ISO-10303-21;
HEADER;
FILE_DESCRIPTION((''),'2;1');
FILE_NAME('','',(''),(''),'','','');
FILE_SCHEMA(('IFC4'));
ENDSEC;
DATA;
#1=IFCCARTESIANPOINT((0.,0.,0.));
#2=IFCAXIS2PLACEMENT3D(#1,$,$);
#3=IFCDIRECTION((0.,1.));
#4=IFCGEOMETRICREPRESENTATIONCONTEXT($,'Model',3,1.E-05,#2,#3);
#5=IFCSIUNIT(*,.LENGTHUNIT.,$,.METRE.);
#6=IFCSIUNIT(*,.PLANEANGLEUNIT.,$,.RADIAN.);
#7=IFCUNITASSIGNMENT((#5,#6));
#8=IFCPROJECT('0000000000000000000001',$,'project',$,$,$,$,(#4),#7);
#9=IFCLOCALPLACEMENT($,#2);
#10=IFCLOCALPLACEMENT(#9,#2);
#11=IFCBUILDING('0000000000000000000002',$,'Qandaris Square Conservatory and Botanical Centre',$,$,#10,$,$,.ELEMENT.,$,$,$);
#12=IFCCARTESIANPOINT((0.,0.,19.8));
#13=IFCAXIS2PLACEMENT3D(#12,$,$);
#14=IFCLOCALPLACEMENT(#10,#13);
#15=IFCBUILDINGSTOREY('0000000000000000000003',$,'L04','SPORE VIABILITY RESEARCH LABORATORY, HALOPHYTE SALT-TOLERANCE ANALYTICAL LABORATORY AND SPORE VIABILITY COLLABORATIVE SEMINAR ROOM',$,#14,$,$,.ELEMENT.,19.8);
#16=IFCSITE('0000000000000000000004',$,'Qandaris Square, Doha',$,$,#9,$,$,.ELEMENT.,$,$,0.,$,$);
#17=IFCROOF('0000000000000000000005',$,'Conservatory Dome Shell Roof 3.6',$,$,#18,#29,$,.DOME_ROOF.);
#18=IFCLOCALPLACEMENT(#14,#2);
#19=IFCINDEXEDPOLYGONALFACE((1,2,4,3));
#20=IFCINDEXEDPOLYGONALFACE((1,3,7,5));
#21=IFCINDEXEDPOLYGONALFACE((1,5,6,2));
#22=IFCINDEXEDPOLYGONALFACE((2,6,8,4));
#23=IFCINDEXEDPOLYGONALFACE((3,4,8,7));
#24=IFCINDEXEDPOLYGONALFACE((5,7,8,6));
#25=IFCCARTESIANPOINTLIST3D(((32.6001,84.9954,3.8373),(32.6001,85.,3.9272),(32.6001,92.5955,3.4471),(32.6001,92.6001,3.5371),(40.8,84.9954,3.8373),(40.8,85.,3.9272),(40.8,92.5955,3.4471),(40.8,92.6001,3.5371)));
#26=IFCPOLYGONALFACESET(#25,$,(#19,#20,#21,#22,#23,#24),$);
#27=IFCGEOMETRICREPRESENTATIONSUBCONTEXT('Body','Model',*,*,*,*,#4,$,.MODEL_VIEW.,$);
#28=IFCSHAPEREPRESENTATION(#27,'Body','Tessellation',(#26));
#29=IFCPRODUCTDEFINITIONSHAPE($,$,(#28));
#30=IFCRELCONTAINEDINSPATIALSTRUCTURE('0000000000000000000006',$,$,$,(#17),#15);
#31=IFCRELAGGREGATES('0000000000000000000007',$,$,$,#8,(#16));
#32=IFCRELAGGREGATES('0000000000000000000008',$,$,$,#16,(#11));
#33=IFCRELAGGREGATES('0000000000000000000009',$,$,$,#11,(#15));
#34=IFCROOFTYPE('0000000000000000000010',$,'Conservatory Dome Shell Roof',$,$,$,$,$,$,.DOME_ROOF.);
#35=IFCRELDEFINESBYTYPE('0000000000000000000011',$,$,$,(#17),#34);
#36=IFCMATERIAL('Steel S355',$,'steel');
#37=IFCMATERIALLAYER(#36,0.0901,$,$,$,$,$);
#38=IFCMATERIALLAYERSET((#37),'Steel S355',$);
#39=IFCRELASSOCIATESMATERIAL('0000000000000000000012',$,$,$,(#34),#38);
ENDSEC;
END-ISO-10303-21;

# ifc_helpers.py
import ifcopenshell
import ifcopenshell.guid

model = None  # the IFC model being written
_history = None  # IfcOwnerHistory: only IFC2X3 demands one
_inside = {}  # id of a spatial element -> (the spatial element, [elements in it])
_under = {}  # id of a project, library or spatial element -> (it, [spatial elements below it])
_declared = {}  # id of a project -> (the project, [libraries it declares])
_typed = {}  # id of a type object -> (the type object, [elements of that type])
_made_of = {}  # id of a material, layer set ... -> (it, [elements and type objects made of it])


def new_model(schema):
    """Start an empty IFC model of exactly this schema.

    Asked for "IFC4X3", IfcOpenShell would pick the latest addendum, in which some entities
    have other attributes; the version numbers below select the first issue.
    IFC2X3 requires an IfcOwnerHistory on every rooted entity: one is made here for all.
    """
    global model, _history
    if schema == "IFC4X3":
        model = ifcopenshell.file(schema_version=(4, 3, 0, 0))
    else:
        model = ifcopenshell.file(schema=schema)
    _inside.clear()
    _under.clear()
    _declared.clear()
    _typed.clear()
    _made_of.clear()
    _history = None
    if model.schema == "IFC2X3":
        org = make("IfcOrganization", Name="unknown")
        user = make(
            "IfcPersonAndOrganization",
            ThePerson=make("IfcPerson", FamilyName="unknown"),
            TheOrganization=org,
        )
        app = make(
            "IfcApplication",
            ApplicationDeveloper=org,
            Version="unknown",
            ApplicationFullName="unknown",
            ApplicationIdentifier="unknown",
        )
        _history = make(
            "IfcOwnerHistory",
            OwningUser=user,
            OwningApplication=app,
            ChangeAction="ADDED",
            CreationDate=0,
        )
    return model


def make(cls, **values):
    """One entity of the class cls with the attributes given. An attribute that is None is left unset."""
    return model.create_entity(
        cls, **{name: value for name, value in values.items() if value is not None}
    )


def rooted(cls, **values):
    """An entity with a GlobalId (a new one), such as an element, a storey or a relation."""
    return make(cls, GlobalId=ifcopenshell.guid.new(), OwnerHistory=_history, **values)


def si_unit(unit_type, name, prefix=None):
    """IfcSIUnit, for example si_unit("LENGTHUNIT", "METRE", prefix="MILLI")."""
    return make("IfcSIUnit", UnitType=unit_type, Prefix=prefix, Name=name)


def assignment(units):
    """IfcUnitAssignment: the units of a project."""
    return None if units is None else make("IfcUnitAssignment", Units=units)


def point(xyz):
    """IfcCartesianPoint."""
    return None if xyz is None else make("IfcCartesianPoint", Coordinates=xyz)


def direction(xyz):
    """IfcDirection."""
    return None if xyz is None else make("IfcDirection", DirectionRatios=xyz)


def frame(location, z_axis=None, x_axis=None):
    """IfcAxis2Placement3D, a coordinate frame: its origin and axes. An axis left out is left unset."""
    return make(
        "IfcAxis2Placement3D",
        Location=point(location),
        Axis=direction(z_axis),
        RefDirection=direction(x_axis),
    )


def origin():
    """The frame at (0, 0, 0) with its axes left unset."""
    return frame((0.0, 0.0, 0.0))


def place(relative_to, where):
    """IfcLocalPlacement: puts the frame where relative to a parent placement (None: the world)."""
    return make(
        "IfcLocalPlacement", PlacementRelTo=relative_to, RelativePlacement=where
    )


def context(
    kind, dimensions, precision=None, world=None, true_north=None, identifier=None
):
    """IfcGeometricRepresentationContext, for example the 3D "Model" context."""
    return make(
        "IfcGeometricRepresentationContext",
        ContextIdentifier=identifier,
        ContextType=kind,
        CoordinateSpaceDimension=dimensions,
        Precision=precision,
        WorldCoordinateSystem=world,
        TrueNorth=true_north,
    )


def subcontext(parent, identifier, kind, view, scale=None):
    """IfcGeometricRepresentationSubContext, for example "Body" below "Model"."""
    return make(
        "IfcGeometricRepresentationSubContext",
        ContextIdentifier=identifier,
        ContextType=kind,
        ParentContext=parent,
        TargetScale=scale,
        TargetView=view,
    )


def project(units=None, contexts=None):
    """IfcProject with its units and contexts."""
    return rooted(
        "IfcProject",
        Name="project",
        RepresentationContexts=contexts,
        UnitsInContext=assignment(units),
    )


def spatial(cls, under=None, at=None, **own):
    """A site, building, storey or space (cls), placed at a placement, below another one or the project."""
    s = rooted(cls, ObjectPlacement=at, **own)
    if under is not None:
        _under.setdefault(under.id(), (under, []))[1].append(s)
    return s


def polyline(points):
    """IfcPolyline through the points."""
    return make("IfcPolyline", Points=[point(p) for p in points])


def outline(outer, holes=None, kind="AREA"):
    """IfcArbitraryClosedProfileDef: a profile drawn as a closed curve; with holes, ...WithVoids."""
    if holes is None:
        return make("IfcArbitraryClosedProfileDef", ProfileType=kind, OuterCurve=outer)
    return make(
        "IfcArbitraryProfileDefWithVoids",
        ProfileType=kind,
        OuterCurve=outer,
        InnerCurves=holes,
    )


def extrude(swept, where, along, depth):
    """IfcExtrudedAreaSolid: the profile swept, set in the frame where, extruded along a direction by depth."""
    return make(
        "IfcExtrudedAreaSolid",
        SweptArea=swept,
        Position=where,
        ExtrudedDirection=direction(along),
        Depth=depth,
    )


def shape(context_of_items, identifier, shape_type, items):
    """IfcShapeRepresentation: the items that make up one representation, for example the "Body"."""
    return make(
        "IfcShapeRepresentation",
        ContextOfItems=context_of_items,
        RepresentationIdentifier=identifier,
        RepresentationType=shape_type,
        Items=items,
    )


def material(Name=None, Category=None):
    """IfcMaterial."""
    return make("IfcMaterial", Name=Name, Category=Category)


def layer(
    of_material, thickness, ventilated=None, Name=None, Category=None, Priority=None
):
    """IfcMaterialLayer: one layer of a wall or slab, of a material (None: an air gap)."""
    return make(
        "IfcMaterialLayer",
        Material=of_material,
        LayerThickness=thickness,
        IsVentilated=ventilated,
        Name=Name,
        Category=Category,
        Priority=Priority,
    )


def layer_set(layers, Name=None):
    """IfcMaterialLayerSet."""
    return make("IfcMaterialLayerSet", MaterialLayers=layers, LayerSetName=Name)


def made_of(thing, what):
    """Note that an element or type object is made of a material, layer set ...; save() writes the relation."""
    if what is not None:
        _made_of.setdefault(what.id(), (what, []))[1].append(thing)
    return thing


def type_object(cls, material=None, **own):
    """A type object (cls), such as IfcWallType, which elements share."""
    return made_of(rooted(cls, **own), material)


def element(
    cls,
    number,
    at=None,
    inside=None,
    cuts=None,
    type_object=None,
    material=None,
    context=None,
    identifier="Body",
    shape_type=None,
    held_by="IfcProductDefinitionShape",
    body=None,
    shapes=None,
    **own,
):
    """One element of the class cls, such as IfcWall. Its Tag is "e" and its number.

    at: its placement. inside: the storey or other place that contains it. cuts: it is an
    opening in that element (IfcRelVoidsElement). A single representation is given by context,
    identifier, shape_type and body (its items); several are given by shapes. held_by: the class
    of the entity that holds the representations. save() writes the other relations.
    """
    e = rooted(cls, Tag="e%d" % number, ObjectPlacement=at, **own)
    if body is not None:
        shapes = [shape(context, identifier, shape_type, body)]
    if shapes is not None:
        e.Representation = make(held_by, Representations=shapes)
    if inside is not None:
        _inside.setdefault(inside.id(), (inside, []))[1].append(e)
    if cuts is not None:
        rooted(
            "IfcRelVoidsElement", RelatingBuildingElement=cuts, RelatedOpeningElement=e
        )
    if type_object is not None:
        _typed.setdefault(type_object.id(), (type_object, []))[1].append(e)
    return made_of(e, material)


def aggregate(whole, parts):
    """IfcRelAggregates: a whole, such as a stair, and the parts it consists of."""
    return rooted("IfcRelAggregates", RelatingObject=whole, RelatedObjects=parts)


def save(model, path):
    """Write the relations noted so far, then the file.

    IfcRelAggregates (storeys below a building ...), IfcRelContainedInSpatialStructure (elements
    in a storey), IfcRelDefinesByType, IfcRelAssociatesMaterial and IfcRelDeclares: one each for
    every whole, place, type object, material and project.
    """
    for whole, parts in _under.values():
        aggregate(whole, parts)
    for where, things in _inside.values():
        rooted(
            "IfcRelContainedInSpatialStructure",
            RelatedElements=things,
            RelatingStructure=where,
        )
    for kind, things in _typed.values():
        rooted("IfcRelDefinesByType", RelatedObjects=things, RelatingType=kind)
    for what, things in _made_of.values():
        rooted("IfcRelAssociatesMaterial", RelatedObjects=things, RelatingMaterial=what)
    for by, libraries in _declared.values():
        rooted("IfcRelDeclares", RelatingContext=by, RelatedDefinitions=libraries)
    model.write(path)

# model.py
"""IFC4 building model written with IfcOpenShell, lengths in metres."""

from ifc_helpers import new_model, si_unit, direction, frame, origin, place, context, subcontext, project, spatial, polyline, outline, extrude, material, layer, layer_set, type_object, element, save


model = new_model("IFC4")

# Units and contexts
model_context = context("Model", 3, precision=1e-05, world=origin(), true_north=direction((0.0, 1.0)))
body_context = subcontext(model_context, "Body", "Model", "MODEL_VIEW")
ifc_project = project(units=[si_unit("LENGTHUNIT", "METRE"), si_unit("PLANEANGLEUNIT", "RADIAN")], contexts=[model_context])

# Site, building, storey
site_placement = place(None, origin())
site = spatial("IfcSite", under=ifc_project, at=site_placement, Name="Qandaris Square, Doha", CompositionType="ELEMENT", RefElevation=0.0)
building_placement = place(site_placement, origin())
building = spatial("IfcBuilding", under=site, at=building_placement, Name="Qandaris Square Conservatory and Botanical Centre", CompositionType="ELEMENT")
storey_placement = place(building_placement, frame((0.0, 0.0, 19.8)))
storey = spatial("IfcBuildingStorey", under=building, at=storey_placement, Name="L04", Description="SPORE VIABILITY RESEARCH LABORATORY, HALOPHYTE SALT-TOLERANCE ANALYTICAL LABORATORY AND SPORE VIABILITY COLLABORATIVE SEMINAR ROOM", CompositionType="ELEMENT", Elevation=19.8)

# Shared definitions
ifc_material = material(Name="Steel S355", Category="steel")

# Roof
ifc_layer_1 = layer(ifc_material, 0.0901)
ifc_layer_set_1 = layer_set([ifc_layer_1], Name="Steel S355")
roof_type = type_object("IfcRoofType", Name="Conservatory Dome Shell Roof", PredefinedType="DOME_ROOF", material=ifc_layer_set_1)
roof_1_placement = place(storey_placement, frame((32.6001, 85.0, 3.9272), z_axis=(0.0, 0.051266, 0.998685), x_axis=(1.0, 0.0, 0.0)))
element("IfcRoof", 1, at=roof_1_placement, inside=storey, type_object=roof_type, Name="Conservatory Dome Shell Roof 3.6", PredefinedType="DOME_ROOF", context=body_context, shape_type="SweptSolid", body=[
    extrude(outline(polyline([(0.0, 0.0), (8.2, 0.0), (8.2, 7.6101), (0.0, 7.6101), (0.0, 0.0)])), origin(), (0.0, 0.0, -1.0), 0.0901),
])

save(model, "model.ifc")
